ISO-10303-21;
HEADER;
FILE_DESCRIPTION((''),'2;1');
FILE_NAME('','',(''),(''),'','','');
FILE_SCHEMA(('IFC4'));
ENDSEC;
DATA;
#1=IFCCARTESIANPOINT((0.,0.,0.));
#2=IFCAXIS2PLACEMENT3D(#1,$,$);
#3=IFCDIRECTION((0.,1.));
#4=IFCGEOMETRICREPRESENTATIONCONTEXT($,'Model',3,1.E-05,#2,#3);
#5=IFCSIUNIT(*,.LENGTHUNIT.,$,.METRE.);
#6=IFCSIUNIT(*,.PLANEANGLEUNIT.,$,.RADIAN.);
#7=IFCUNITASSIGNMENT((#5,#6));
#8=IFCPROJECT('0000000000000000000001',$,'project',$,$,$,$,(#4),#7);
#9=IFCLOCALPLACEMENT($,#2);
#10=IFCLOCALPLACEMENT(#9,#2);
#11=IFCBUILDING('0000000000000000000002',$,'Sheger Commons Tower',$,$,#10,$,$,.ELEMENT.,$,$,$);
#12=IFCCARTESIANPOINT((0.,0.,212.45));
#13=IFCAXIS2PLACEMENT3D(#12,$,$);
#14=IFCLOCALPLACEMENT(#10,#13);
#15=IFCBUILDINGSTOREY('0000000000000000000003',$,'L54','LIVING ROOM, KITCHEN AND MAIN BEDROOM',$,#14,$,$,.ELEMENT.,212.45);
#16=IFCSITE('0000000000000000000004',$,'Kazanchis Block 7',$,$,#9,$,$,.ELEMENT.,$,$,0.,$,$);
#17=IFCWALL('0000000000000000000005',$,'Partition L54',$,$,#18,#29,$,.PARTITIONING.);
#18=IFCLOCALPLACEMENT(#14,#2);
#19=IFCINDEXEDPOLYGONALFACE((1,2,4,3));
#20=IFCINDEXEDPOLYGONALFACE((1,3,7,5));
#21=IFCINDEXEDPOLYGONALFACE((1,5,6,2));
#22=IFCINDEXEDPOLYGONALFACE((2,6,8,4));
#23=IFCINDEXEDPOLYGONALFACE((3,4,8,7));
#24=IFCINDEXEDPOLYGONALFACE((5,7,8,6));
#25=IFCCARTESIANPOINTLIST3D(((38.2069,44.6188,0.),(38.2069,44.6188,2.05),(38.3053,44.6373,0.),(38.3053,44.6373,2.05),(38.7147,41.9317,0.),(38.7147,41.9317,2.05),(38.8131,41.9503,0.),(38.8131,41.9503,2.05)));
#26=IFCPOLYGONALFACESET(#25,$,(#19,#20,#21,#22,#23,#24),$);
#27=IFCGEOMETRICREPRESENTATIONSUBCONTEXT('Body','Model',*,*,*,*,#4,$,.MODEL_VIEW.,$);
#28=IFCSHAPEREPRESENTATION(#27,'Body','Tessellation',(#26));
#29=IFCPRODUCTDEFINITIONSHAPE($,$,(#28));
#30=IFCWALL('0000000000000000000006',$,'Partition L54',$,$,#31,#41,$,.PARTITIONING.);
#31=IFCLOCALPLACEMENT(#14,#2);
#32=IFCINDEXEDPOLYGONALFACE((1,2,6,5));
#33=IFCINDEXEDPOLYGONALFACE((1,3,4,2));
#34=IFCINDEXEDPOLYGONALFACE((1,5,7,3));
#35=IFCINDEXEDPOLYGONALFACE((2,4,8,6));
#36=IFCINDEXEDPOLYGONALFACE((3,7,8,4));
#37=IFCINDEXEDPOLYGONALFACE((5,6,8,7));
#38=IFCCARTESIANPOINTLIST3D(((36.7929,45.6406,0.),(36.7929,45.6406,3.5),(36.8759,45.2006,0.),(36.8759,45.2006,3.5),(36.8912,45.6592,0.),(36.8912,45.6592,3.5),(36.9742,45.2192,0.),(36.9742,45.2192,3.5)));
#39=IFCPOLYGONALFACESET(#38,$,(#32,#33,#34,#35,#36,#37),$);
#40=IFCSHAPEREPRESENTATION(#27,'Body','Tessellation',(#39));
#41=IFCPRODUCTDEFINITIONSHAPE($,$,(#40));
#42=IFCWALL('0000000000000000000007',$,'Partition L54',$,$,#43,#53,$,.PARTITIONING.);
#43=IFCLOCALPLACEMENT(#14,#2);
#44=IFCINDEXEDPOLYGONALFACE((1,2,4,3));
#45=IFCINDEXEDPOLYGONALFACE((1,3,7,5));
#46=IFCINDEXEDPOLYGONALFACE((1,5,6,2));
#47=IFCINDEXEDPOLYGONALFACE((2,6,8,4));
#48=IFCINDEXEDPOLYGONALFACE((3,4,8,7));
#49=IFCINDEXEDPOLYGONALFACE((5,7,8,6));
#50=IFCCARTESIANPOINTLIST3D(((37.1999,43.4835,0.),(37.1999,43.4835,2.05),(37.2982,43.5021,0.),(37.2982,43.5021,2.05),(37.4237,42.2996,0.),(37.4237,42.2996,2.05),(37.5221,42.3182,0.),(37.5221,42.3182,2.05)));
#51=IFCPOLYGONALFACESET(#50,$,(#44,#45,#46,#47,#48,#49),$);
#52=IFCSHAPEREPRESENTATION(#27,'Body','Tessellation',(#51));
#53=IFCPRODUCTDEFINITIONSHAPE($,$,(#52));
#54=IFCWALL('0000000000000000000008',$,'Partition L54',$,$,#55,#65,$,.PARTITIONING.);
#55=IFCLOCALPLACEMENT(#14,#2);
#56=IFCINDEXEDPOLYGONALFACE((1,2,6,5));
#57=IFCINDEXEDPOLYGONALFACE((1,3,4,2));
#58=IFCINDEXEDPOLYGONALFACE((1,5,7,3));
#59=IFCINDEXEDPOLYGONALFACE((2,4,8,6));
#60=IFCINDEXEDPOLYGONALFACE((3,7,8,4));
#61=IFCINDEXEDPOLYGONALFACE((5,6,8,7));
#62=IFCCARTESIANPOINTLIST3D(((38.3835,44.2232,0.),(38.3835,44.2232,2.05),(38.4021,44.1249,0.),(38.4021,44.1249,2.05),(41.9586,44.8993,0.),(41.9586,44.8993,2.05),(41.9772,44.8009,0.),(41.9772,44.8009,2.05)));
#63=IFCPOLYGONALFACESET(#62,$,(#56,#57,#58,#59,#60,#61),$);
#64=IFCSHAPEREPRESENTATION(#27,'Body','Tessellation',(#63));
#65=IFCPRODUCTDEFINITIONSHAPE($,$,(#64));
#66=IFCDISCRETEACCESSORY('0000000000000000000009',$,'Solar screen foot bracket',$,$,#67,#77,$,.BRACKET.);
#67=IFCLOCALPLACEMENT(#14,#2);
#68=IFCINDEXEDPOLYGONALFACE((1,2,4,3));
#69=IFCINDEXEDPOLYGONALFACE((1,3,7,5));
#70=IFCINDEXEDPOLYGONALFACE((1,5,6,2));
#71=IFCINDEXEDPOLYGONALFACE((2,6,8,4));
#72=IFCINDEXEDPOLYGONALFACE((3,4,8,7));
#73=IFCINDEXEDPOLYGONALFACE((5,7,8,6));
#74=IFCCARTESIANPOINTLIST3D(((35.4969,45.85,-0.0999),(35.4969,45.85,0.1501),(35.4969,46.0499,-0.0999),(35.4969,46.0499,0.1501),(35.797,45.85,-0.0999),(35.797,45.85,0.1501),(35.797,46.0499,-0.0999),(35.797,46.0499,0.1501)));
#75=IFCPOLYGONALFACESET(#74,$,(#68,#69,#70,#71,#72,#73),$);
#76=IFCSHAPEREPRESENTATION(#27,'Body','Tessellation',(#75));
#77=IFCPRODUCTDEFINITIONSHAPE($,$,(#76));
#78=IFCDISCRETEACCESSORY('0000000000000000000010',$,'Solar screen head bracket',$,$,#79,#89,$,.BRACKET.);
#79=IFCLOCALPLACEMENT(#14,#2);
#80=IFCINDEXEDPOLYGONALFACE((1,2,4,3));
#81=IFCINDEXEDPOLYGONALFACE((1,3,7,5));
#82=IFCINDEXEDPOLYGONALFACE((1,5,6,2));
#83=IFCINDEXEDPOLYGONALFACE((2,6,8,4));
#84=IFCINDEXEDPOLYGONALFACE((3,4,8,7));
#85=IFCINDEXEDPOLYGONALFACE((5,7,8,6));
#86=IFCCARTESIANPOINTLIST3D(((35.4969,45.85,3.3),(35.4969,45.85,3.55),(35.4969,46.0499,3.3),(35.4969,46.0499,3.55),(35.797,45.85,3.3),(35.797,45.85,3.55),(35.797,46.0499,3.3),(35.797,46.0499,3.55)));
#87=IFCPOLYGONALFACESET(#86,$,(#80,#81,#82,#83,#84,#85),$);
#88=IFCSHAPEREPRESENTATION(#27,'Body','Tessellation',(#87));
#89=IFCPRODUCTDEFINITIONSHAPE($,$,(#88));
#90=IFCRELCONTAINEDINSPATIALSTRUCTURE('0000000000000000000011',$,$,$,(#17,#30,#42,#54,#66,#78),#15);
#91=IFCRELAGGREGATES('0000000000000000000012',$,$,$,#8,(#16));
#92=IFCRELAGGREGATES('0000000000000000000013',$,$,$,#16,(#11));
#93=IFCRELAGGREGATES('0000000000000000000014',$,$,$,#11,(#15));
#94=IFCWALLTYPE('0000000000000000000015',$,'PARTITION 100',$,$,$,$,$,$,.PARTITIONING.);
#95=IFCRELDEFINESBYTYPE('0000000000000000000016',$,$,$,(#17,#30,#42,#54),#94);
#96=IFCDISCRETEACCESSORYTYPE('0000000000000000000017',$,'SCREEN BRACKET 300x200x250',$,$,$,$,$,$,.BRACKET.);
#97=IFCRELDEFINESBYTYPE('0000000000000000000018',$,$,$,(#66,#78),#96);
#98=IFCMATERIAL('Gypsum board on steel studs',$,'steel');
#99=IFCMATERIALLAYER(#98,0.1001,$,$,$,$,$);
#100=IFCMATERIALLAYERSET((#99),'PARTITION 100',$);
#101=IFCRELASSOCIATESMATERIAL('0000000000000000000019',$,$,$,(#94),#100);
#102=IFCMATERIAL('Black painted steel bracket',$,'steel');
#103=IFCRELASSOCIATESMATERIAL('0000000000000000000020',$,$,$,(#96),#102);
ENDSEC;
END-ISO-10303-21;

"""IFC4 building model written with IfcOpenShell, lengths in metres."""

from ifc_helpers import new_model, si_unit, direction, frame, frame_2d, origin, origin_2d, place, context, subcontext, project, spatial, rectangle, extrude, material, layer, layer_set, type_object, element, save


model = new_model("IFC4")

# Units and contexts
model_context = context("Model", 3, precision=1e-05, world=origin(), true_north=direction((0.0, 1.0)))
body_context = subcontext(model_context, "Body", "Model", "MODEL_VIEW")
ifc_project = project(units=[si_unit("LENGTHUNIT", "METRE"), si_unit("PLANEANGLEUNIT", "RADIAN")], contexts=[model_context])

# Site, building, storey
site_placement = place(None, origin())
site = spatial("IfcSite", under=ifc_project, at=site_placement, Name="Kazanchis Block 7", CompositionType="ELEMENT", RefElevation=0.0)
building_placement = place(site_placement, origin())
building = spatial("IfcBuilding", under=site, at=building_placement, Name="Sheger Commons Tower", CompositionType="ELEMENT")
storey_placement = place(building_placement, frame((0.0, 0.0, 212.45)))
storey = spatial("IfcBuildingStorey", under=building, at=storey_placement, Name="L54", Description="LIVING ROOM, KITCHEN AND MAIN BEDROOM", CompositionType="ELEMENT", Elevation=212.45)

# Walls
ifc_material_1 = material(Name="Gypsum board on steel studs", Category="steel")
ifc_layer_1 = layer(ifc_material_1, 0.1001)
ifc_layer_set_1 = layer_set([ifc_layer_1], Name="PARTITION 100")
wall_type_1 = type_object("IfcWallType", Name="PARTITION 100", PredefinedType="PARTITIONING", material=ifc_layer_set_1)
wall_1_placement = place(storey_placement, frame((38.2561, 44.6279, 0.0), z_axis=(0.0, 0.0, 1.0), x_axis=(0.185701, -0.982606, 0.0)))
element("IfcWall", 1, at=wall_1_placement, inside=storey, type_object=wall_type_1, Name="Partition L54", PredefinedType="PARTITIONING", context=body_context, shape_type="SweptSolid", body=[
    extrude(rectangle(XDim=2.7346, YDim=0.1001, at=frame_2d((1.3672, 0.0))), origin(), (0.0, 0.0, 1.0), 2.05),
])
wall_2_placement = place(storey_placement, frame((36.842, 45.6499, 0.0), z_axis=(0.0, 0.0, 1.0), x_axis=(0.185408, -0.982662, 0.0)))
element("IfcWall", 2, at=wall_2_placement, inside=storey, type_object=wall_type_1, Name="Partition L54", PredefinedType="PARTITIONING", context=body_context, shape_type="SweptSolid", body=[
    extrude(rectangle(XDim=0.4478, YDim=0.1001, at=frame_2d((0.2239, 0.0))), origin(), (0.0, 0.0, 1.0), 3.5),
])
wall_3_placement = place(storey_placement, frame((37.249, 43.4929, 0.0), z_axis=(0.0, 0.0, 1.0), x_axis=(0.185818, -0.982584, 0.0)))
element("IfcWall", 3, at=wall_3_placement, inside=storey, type_object=wall_type_1, Name="Partition L54", PredefinedType="PARTITIONING", context=body_context, shape_type="SweptSolid", body=[
    extrude(rectangle(XDim=1.2048, YDim=0.1001, at=frame_2d((0.6025, 0.0))), origin(), (0.0, 0.0, 1.0), 2.05),
])
wall_4_placement = place(storey_placement, frame((41.968, 44.8501, 0.0), z_axis=(0.0, 0.0, 1.0), x_axis=(-0.982586, -0.185808, 0.0)))
element("IfcWall", 4, at=wall_4_placement, inside=storey, type_object=wall_type_1, Name="Partition L54", PredefinedType="PARTITIONING", context=body_context, shape_type="SweptSolid", body=[
    extrude(rectangle(XDim=3.6384, YDim=0.1001, at=frame_2d((1.8193, 0.0))), origin(), (0.0, 0.0, 1.0), 2.05),
])

# Discrete accessories
ifc_material_2 = material(Name="Black painted steel bracket", Category="steel")
discrete_accessory_type = type_object("IfcDiscreteAccessoryType", Name="SCREEN BRACKET 300x200x250", PredefinedType="BRACKET", material=ifc_material_2)
for number, where, z_axis, x_axis, name in (
    (5, (35.647, 45.95, -0.0999), (0.0, 0.0, 1.0), (-1.0, 0.0, 0.0), "Solar screen foot bracket"),
    (6, (35.647, 45.95, 3.3), (0.0, 0.0, 1.0), (-1.0, 0.0, 0.0), "Solar screen head bracket"),
):
    element("IfcDiscreteAccessory", number, at=place(storey_placement, frame(where, z_axis=z_axis, x_axis=x_axis)), inside=storey, type_object=discrete_accessory_type, Name=name, PredefinedType="BRACKET", context=body_context, shape_type="SweptSolid", body=[
        extrude(rectangle(XDim=0.3, YDim=0.2, at=origin_2d()), origin(), (0.0, 0.0, 1.0), 0.25),
    ])

save(model, "model.ifc")
